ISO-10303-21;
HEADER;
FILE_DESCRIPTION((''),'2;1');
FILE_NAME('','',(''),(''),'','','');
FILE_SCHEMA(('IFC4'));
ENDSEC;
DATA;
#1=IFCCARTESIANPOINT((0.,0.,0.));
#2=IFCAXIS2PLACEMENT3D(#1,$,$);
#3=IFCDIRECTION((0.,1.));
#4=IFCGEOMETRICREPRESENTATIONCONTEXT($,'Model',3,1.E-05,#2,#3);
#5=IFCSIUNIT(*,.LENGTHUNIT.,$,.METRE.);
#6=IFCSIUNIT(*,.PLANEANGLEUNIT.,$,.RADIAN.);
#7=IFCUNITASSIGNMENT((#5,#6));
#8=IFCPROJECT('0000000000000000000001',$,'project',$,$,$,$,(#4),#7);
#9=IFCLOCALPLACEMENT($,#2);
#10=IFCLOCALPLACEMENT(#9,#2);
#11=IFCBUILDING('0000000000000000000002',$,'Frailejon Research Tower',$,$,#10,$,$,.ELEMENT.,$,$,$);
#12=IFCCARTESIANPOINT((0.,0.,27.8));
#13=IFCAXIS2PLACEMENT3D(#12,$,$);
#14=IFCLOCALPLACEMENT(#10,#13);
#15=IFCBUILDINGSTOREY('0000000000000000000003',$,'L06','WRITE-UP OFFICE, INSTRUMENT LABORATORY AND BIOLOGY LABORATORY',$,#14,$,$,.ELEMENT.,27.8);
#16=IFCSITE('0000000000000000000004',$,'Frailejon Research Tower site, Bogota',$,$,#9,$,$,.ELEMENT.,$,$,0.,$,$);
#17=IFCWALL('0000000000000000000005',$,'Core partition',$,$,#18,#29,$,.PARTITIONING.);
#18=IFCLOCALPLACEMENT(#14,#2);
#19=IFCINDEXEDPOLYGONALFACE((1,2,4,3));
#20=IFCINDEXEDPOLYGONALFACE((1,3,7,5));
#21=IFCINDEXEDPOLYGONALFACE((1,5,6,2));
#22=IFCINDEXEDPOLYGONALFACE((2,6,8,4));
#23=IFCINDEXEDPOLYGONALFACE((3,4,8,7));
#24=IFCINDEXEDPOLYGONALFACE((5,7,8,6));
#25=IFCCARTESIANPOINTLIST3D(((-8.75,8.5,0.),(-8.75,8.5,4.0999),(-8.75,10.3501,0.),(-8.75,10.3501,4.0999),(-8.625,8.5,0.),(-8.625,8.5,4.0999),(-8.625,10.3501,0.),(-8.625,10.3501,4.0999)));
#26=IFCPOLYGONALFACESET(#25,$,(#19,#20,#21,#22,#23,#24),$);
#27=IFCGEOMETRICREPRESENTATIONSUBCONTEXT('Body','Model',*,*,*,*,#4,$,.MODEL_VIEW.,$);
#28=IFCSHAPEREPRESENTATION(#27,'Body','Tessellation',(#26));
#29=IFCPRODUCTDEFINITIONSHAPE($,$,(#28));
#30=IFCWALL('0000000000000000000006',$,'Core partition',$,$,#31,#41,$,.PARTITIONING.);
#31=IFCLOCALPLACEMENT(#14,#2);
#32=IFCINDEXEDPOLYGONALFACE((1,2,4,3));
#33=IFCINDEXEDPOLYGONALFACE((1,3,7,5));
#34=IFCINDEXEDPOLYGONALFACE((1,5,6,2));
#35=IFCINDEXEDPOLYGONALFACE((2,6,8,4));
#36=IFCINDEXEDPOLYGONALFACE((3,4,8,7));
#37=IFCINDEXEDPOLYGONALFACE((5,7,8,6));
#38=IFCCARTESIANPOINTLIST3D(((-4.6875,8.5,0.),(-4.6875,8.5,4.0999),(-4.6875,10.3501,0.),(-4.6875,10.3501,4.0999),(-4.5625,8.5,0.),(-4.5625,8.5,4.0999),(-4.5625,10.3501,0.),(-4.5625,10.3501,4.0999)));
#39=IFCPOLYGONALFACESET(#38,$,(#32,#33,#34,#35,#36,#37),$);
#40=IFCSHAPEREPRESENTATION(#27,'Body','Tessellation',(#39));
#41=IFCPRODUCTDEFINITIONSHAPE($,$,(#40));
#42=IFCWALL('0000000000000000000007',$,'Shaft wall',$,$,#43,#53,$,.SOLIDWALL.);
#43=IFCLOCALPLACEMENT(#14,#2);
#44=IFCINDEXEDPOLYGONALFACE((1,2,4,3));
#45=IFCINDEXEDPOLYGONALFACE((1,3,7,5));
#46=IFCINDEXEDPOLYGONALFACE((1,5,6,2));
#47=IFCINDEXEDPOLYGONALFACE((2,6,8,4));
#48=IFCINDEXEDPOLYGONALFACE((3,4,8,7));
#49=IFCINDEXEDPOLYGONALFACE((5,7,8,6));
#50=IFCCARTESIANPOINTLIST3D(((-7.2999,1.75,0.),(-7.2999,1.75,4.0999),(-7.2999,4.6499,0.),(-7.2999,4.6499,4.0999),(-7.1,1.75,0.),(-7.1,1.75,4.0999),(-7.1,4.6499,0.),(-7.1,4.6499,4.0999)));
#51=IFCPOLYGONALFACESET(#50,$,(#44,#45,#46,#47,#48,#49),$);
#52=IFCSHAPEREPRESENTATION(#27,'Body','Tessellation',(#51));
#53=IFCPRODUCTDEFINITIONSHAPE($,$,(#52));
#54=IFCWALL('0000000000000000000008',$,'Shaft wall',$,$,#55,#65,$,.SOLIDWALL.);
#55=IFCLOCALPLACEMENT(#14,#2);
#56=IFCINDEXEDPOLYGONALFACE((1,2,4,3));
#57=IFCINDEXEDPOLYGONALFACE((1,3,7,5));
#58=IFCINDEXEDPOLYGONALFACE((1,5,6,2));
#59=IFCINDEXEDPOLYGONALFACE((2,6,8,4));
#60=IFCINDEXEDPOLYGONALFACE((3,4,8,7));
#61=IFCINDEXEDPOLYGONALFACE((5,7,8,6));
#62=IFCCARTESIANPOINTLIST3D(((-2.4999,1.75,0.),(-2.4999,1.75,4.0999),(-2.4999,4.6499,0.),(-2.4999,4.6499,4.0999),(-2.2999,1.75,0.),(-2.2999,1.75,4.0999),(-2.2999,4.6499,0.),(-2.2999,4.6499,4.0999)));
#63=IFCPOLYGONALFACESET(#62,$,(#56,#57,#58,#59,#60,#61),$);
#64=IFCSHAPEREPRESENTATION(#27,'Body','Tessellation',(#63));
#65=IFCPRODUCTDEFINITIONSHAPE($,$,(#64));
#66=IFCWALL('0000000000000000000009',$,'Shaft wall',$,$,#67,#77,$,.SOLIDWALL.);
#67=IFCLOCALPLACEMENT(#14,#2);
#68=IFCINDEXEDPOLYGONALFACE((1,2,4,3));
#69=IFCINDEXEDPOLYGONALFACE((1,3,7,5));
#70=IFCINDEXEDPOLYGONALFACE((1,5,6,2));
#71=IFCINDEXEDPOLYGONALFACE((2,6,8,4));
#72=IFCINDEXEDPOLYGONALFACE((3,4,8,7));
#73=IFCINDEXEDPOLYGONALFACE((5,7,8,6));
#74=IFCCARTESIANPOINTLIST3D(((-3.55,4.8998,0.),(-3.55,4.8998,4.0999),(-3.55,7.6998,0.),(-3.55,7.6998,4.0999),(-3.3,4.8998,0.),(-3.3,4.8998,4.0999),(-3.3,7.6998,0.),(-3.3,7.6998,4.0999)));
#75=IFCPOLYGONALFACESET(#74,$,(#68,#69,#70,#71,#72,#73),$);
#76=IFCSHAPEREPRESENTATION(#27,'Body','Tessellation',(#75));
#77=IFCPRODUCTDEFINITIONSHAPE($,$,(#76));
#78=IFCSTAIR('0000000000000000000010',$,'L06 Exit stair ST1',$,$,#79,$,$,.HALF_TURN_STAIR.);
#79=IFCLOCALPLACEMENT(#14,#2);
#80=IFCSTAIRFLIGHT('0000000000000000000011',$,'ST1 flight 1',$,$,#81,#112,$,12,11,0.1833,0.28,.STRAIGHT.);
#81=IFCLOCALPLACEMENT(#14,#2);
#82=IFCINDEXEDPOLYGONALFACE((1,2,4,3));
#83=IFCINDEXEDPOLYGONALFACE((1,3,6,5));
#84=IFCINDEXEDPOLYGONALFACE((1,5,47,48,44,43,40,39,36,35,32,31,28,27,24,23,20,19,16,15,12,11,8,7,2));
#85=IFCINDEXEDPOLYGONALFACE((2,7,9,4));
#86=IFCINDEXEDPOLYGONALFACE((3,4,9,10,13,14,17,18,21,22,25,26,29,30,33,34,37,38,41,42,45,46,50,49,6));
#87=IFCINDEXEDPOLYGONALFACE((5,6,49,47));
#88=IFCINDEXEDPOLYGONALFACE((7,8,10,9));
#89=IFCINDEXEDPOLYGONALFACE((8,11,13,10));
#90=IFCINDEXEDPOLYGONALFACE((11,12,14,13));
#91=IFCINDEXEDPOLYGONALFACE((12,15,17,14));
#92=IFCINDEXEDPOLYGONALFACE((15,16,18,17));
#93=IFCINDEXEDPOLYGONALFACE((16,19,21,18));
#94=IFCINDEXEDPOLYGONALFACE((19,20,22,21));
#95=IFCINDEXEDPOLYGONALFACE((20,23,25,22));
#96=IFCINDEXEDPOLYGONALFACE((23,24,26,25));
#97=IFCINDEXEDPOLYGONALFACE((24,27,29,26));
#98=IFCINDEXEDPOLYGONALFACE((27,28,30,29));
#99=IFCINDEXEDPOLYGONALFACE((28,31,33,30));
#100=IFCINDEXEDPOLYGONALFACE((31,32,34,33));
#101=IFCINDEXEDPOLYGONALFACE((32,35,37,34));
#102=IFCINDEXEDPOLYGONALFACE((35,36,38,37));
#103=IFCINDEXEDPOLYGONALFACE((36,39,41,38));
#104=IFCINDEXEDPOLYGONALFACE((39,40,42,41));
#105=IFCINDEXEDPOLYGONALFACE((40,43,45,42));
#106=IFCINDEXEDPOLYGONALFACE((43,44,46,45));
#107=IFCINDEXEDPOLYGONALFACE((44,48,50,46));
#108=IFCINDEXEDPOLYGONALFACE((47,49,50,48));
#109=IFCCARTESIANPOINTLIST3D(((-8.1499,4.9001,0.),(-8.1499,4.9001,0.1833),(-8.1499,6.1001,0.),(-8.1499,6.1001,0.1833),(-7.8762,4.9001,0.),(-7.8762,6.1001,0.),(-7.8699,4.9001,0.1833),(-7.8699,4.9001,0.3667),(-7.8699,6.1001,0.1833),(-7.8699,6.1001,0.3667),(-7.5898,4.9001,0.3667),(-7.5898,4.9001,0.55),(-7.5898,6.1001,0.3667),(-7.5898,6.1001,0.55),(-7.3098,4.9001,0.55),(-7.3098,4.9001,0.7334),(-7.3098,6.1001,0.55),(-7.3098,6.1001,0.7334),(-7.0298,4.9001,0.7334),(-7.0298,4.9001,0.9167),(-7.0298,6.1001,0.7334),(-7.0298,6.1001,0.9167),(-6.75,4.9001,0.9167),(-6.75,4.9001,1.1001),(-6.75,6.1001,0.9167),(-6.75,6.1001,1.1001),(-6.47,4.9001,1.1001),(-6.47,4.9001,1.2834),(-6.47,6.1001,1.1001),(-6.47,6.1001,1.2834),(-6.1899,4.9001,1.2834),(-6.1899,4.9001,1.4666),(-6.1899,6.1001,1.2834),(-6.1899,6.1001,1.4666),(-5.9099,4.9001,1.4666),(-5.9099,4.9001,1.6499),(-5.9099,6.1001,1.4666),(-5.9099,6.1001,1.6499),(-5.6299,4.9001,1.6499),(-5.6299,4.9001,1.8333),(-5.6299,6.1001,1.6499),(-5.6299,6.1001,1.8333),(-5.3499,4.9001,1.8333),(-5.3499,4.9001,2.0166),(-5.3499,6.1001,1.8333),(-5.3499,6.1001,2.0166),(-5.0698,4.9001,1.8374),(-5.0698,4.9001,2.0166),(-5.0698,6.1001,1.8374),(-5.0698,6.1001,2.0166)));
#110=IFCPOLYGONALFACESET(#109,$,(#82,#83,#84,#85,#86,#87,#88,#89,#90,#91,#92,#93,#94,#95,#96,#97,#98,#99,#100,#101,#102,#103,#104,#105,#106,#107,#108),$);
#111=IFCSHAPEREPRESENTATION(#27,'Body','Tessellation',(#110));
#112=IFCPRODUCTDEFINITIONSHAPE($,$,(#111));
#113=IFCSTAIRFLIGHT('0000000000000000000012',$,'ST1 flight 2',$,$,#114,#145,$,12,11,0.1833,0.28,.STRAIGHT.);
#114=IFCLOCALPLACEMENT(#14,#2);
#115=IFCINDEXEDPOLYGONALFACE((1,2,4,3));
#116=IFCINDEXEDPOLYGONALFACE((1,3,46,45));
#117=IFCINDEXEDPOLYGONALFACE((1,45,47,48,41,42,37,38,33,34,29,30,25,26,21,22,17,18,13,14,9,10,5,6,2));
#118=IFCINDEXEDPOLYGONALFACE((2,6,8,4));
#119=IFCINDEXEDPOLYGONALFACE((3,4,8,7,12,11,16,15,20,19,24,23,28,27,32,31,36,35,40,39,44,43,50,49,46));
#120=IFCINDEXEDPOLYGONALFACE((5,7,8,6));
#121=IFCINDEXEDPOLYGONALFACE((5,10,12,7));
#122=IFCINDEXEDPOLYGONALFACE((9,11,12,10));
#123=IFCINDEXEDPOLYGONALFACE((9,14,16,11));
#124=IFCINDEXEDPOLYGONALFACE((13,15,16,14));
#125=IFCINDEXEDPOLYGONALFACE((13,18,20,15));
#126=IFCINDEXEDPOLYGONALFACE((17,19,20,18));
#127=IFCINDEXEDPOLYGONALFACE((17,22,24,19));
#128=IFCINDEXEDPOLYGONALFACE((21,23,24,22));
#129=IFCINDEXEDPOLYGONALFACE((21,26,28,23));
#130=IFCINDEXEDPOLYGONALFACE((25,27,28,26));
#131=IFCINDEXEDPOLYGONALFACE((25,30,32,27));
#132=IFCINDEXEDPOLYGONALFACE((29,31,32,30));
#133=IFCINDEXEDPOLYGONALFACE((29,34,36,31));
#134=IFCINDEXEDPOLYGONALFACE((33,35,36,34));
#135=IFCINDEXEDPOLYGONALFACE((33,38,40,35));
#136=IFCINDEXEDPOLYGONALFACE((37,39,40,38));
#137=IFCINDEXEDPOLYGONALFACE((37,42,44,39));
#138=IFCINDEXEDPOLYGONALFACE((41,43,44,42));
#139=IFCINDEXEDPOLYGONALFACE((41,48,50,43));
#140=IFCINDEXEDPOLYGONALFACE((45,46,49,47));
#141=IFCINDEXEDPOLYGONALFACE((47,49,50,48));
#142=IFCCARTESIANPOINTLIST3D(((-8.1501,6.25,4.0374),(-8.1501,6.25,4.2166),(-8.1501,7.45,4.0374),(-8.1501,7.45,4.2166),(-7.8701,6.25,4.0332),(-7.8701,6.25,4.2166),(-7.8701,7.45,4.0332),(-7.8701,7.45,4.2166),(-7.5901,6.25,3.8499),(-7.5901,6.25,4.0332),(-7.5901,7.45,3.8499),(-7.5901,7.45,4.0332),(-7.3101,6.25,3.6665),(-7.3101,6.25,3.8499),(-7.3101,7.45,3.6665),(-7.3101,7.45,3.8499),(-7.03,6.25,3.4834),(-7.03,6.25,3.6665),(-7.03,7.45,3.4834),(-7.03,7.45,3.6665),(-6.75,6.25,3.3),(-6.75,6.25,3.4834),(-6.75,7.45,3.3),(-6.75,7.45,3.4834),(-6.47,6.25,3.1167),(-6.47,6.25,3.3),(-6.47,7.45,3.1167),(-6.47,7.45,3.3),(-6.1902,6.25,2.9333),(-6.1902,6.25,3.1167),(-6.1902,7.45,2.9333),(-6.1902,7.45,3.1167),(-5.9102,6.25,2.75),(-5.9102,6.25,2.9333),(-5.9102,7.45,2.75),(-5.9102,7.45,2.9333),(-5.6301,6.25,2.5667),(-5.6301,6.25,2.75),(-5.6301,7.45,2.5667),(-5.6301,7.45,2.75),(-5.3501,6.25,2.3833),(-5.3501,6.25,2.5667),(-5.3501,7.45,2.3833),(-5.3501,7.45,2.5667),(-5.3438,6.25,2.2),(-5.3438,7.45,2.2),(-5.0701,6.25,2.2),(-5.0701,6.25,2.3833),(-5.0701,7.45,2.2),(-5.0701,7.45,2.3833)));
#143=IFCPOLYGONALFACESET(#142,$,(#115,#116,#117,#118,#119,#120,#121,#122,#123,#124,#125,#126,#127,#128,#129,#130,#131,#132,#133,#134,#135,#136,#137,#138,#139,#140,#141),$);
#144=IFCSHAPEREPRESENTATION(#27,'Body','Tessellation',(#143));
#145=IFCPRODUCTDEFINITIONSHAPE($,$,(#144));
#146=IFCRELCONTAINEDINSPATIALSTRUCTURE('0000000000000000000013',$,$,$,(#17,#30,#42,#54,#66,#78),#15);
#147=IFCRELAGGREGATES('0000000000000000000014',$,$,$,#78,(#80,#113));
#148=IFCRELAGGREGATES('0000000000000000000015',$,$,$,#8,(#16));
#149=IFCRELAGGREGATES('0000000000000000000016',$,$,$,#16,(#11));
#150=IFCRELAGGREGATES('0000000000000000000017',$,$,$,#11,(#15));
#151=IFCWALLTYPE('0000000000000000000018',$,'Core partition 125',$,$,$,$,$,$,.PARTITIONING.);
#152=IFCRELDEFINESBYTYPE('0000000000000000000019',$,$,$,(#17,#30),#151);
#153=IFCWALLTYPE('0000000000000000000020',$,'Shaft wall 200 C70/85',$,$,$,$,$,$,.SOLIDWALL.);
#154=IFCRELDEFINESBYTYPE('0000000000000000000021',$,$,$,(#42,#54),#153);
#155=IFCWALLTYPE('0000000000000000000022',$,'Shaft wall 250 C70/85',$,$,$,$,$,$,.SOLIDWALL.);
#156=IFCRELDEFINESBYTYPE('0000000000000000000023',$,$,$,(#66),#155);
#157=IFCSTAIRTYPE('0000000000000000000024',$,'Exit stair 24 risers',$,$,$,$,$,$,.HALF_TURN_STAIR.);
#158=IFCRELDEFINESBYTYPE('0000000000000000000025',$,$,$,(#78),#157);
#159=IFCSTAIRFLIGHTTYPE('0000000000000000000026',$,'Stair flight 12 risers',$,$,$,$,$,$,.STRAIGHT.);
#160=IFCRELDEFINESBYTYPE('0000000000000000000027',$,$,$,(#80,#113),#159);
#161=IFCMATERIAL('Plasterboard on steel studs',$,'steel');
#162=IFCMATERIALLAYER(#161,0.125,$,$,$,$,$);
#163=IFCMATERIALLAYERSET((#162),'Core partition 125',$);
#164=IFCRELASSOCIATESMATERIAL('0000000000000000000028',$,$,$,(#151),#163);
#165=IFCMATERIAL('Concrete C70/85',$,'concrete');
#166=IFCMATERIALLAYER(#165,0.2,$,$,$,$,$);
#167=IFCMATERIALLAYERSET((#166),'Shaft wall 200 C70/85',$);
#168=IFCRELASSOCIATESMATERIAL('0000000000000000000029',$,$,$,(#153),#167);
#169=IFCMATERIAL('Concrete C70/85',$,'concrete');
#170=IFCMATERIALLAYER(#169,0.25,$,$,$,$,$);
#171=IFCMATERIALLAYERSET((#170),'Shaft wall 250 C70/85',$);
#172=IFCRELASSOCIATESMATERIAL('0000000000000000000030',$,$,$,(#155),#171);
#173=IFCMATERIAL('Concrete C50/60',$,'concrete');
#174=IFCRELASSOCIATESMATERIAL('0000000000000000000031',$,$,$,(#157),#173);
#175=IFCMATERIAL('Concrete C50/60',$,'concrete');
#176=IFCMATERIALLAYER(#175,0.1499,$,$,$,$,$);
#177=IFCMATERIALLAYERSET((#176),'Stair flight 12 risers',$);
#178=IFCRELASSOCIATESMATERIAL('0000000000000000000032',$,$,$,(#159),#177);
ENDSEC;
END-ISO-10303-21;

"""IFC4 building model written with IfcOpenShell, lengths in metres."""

from ifc_helpers import new_model, si_unit, direction, frame, frame_2d, origin, place, context, subcontext, project, spatial, polyline, rectangle, outline, extrude, material, layer, layer_set, type_object, element, aggregate, save


model = new_model("IFC4")

# Units and contexts
model_context = context("Model", 3, precision=1e-05, world=origin(), true_north=direction((0.0, 1.0)))
body_context = subcontext(model_context, "Body", "Model", "MODEL_VIEW")
ifc_project = project(units=[si_unit("LENGTHUNIT", "METRE"), si_unit("PLANEANGLEUNIT", "RADIAN")], contexts=[model_context])

# Site, building, storey
site_placement = place(None, origin())
site = spatial("IfcSite", under=ifc_project, at=site_placement, Name="Frailejon Research Tower site, Bogota", CompositionType="ELEMENT", RefElevation=0.0)
building_placement = place(site_placement, origin())
building = spatial("IfcBuilding", under=site, at=building_placement, Name="Frailejon Research Tower", CompositionType="ELEMENT")
storey_placement = place(building_placement, frame((0.0, 0.0, 27.8)))
storey = spatial("IfcBuildingStorey", under=building, at=storey_placement, Name="L06", Description="WRITE-UP OFFICE, INSTRUMENT LABORATORY AND BIOLOGY LABORATORY", CompositionType="ELEMENT", Elevation=27.8)

# Walls
ifc_material_1 = material(Name="Plasterboard on steel studs", Category="steel")
ifc_layer_1 = layer(ifc_material_1, 0.125)
ifc_layer_set_1 = layer_set([ifc_layer_1], Name="Core partition 125")
wall_type_1 = type_object("IfcWallType", Name="Core partition 125", PredefinedType="PARTITIONING", material=ifc_layer_set_1)
for number, where, z_axis, x_axis, name in (
    (1, (-8.6875, 8.5, 0.0), (0.0, 0.0, 1.0), (0.0, 1.0, 0.0), "Core partition"),
    (2, (-4.625, 8.5, 0.0), (0.0, 0.0, 1.0), (0.0, 1.0, 0.0), "Core partition"),
):
    element("IfcWall", number, at=place(storey_placement, frame(where, z_axis=z_axis, x_axis=x_axis)), inside=storey, type_object=wall_type_1, Name=name, PredefinedType="PARTITIONING", context=body_context, shape_type="SweptSolid", body=[
        extrude(rectangle(XDim=1.8501, YDim=0.125, at=frame_2d((0.925, 0.0))), origin(), (0.0, 0.0, 1.0), 4.0999),
    ])
ifc_material_2 = material(Name="Concrete C70/85", Category="concrete")
ifc_layer_2 = layer(ifc_material_2, 0.2)
ifc_layer_set_2 = layer_set([ifc_layer_2], Name="Shaft wall 200 C70/85")
wall_type_2 = type_object("IfcWallType", Name="Shaft wall 200 C70/85", PredefinedType="SOLIDWALL", material=ifc_layer_set_2)
for number, where, z_axis, x_axis, name in (
    (3, (-7.2, 1.75, 0.0), (0.0, 0.0, 1.0), (0.0, 1.0, 0.0), "Shaft wall"),
    (4, (-2.3999, 1.75, 0.0), (0.0, 0.0, 1.0), (0.0, 1.0, 0.0), "Shaft wall"),
):
    element("IfcWall", number, at=place(storey_placement, frame(where, z_axis=z_axis, x_axis=x_axis)), inside=storey, type_object=wall_type_2, Name=name, PredefinedType="SOLIDWALL", context=body_context, shape_type="SweptSolid", body=[
        extrude(rectangle(XDim=2.8999, YDim=0.2, at=frame_2d((1.45, 0.0))), origin(), (0.0, 0.0, 1.0), 4.0999),
    ])
ifc_material_3 = material(Name="Concrete C70/85", Category="concrete")
ifc_layer_3 = layer(ifc_material_3, 0.25)
ifc_layer_set_3 = layer_set([ifc_layer_3], Name="Shaft wall 250 C70/85")
wall_type_3 = type_object("IfcWallType", Name="Shaft wall 250 C70/85", PredefinedType="SOLIDWALL", material=ifc_layer_set_3)
wall_placement = place(storey_placement, frame((-3.425, 4.8999, 0.0), z_axis=(0.0, 0.0, 1.0), x_axis=(0.0, 1.0, 0.0)))
element("IfcWall", 5, at=wall_placement, inside=storey, type_object=wall_type_3, Name="Shaft wall", PredefinedType="SOLIDWALL", context=body_context, shape_type="SweptSolid", body=[
    extrude(rectangle(XDim=2.8, YDim=0.25, at=frame_2d((1.3999, 0.0))), origin(), (0.0, 0.0, 1.0), 4.0999),
])

# Stair, stair flights
ifc_material_4 = material(Name="Concrete C50/60", Category="concrete")
stair_type = type_object("IfcStairType", Name="Exit stair 24 risers", PredefinedType="HALF_TURN_STAIR", material=ifc_material_4)
stair_placement = place(storey_placement, origin())
stair = element("IfcStair", 6, at=stair_placement, inside=storey, type_object=stair_type, Name="L06 Exit stair ST1", PredefinedType="HALF_TURN_STAIR")
ifc_material_5 = material(Name="Concrete C50/60", Category="concrete")
ifc_layer_4 = layer(ifc_material_5, 0.1499)
ifc_layer_set_4 = layer_set([ifc_layer_4], Name="Stair flight 12 risers")
stair_flight_type = type_object("IfcStairFlightType", Name="Stair flight 12 risers", PredefinedType="STRAIGHT", material=ifc_layer_set_4)
stair_flight_1_placement = place(storey_placement, frame((-8.1499, 5.5, 0.0), z_axis=(0.0, 0.0, 1.0), x_axis=(1.0, 0.0, 0.0)))
stair_flight_1 = element("IfcStairFlight", 7, at=stair_flight_1_placement, type_object=stair_flight_type, Name="ST1 flight 1", NumberOfRisers=12, NumberOfTreads=11, PredefinedType="STRAIGHT", RiserHeight=0.1833, TreadLength=0.28, context=body_context, shape_type="SweptSolid", body=[
    extrude(outline(polyline([(0.0, 0.0), (0.0, 0.1833), (0.28, 0.1833), (0.28, 0.3667), (0.5601, 0.3667), (0.5601, 0.55), (0.8401, 0.55), (0.8401, 0.7334), (1.1201, 0.7334), (1.1201, 0.9167), (1.3999, 0.9167), (1.3999, 1.1001), (1.6799, 1.1001), (1.6799, 1.2834), (1.96, 1.2834), (1.96, 1.4666), (2.24, 1.4666), (2.24, 1.6499), (2.52, 1.6499), (2.52, 1.8333), (2.8, 1.8333), (2.8, 2.0166), (3.0801, 2.0166), (3.0801, 2.2), (3.0801, 1.8374), (0.2737, 0.0), (0.0, 0.0)])), frame((0.0, 0.6001, 0.0), z_axis=(0.0, -1.0, 0.0), x_axis=(1.0, 0.0, 0.0)), (0.0, 0.0, 1.0), 1.2),
])
stair_flight_2_placement = place(storey_placement, frame((-5.0701, 6.8501, 2.2), z_axis=(0.0, 0.0, 1.0), x_axis=(-1.0, 0.0, 0.0)))
stair_flight_2 = element("IfcStairFlight", 8, at=stair_flight_2_placement, type_object=stair_flight_type, Name="ST1 flight 2", NumberOfRisers=12, NumberOfTreads=11, PredefinedType="STRAIGHT", RiserHeight=0.1833, TreadLength=0.28, context=body_context, shape_type="SweptSolid", body=[
    extrude(outline(polyline([(0.0, 0.0), (0.0, 0.1833), (0.28, 0.1833), (0.28, 0.3667), (0.5601, 0.3667), (0.5601, 0.55), (0.8401, 0.55), (0.8401, 0.7334), (1.1201, 0.7334), (1.1201, 0.9167), (1.3999, 0.9167), (1.3999, 1.1001), (1.6799, 1.1001), (1.6799, 1.2834), (1.96, 1.2834), (1.96, 1.4666), (2.24, 1.4666), (2.24, 1.6499), (2.52, 1.6499), (2.52, 1.8333), (2.8, 1.8333), (2.8, 2.0166), (3.0801, 2.0166), (3.0801, 2.2), (3.0801, 1.8374), (0.2737, 0.0), (0.0, 0.0)])), frame((0.0, 0.6001, 0.0), z_axis=(0.0, -1.0, 0.0), x_axis=(1.0, 0.0, 0.0)), (0.0, 0.0, 1.0), 1.2),
])
aggregate(stair, [stair_flight_1, stair_flight_2])

save(model, "model.ifc")
